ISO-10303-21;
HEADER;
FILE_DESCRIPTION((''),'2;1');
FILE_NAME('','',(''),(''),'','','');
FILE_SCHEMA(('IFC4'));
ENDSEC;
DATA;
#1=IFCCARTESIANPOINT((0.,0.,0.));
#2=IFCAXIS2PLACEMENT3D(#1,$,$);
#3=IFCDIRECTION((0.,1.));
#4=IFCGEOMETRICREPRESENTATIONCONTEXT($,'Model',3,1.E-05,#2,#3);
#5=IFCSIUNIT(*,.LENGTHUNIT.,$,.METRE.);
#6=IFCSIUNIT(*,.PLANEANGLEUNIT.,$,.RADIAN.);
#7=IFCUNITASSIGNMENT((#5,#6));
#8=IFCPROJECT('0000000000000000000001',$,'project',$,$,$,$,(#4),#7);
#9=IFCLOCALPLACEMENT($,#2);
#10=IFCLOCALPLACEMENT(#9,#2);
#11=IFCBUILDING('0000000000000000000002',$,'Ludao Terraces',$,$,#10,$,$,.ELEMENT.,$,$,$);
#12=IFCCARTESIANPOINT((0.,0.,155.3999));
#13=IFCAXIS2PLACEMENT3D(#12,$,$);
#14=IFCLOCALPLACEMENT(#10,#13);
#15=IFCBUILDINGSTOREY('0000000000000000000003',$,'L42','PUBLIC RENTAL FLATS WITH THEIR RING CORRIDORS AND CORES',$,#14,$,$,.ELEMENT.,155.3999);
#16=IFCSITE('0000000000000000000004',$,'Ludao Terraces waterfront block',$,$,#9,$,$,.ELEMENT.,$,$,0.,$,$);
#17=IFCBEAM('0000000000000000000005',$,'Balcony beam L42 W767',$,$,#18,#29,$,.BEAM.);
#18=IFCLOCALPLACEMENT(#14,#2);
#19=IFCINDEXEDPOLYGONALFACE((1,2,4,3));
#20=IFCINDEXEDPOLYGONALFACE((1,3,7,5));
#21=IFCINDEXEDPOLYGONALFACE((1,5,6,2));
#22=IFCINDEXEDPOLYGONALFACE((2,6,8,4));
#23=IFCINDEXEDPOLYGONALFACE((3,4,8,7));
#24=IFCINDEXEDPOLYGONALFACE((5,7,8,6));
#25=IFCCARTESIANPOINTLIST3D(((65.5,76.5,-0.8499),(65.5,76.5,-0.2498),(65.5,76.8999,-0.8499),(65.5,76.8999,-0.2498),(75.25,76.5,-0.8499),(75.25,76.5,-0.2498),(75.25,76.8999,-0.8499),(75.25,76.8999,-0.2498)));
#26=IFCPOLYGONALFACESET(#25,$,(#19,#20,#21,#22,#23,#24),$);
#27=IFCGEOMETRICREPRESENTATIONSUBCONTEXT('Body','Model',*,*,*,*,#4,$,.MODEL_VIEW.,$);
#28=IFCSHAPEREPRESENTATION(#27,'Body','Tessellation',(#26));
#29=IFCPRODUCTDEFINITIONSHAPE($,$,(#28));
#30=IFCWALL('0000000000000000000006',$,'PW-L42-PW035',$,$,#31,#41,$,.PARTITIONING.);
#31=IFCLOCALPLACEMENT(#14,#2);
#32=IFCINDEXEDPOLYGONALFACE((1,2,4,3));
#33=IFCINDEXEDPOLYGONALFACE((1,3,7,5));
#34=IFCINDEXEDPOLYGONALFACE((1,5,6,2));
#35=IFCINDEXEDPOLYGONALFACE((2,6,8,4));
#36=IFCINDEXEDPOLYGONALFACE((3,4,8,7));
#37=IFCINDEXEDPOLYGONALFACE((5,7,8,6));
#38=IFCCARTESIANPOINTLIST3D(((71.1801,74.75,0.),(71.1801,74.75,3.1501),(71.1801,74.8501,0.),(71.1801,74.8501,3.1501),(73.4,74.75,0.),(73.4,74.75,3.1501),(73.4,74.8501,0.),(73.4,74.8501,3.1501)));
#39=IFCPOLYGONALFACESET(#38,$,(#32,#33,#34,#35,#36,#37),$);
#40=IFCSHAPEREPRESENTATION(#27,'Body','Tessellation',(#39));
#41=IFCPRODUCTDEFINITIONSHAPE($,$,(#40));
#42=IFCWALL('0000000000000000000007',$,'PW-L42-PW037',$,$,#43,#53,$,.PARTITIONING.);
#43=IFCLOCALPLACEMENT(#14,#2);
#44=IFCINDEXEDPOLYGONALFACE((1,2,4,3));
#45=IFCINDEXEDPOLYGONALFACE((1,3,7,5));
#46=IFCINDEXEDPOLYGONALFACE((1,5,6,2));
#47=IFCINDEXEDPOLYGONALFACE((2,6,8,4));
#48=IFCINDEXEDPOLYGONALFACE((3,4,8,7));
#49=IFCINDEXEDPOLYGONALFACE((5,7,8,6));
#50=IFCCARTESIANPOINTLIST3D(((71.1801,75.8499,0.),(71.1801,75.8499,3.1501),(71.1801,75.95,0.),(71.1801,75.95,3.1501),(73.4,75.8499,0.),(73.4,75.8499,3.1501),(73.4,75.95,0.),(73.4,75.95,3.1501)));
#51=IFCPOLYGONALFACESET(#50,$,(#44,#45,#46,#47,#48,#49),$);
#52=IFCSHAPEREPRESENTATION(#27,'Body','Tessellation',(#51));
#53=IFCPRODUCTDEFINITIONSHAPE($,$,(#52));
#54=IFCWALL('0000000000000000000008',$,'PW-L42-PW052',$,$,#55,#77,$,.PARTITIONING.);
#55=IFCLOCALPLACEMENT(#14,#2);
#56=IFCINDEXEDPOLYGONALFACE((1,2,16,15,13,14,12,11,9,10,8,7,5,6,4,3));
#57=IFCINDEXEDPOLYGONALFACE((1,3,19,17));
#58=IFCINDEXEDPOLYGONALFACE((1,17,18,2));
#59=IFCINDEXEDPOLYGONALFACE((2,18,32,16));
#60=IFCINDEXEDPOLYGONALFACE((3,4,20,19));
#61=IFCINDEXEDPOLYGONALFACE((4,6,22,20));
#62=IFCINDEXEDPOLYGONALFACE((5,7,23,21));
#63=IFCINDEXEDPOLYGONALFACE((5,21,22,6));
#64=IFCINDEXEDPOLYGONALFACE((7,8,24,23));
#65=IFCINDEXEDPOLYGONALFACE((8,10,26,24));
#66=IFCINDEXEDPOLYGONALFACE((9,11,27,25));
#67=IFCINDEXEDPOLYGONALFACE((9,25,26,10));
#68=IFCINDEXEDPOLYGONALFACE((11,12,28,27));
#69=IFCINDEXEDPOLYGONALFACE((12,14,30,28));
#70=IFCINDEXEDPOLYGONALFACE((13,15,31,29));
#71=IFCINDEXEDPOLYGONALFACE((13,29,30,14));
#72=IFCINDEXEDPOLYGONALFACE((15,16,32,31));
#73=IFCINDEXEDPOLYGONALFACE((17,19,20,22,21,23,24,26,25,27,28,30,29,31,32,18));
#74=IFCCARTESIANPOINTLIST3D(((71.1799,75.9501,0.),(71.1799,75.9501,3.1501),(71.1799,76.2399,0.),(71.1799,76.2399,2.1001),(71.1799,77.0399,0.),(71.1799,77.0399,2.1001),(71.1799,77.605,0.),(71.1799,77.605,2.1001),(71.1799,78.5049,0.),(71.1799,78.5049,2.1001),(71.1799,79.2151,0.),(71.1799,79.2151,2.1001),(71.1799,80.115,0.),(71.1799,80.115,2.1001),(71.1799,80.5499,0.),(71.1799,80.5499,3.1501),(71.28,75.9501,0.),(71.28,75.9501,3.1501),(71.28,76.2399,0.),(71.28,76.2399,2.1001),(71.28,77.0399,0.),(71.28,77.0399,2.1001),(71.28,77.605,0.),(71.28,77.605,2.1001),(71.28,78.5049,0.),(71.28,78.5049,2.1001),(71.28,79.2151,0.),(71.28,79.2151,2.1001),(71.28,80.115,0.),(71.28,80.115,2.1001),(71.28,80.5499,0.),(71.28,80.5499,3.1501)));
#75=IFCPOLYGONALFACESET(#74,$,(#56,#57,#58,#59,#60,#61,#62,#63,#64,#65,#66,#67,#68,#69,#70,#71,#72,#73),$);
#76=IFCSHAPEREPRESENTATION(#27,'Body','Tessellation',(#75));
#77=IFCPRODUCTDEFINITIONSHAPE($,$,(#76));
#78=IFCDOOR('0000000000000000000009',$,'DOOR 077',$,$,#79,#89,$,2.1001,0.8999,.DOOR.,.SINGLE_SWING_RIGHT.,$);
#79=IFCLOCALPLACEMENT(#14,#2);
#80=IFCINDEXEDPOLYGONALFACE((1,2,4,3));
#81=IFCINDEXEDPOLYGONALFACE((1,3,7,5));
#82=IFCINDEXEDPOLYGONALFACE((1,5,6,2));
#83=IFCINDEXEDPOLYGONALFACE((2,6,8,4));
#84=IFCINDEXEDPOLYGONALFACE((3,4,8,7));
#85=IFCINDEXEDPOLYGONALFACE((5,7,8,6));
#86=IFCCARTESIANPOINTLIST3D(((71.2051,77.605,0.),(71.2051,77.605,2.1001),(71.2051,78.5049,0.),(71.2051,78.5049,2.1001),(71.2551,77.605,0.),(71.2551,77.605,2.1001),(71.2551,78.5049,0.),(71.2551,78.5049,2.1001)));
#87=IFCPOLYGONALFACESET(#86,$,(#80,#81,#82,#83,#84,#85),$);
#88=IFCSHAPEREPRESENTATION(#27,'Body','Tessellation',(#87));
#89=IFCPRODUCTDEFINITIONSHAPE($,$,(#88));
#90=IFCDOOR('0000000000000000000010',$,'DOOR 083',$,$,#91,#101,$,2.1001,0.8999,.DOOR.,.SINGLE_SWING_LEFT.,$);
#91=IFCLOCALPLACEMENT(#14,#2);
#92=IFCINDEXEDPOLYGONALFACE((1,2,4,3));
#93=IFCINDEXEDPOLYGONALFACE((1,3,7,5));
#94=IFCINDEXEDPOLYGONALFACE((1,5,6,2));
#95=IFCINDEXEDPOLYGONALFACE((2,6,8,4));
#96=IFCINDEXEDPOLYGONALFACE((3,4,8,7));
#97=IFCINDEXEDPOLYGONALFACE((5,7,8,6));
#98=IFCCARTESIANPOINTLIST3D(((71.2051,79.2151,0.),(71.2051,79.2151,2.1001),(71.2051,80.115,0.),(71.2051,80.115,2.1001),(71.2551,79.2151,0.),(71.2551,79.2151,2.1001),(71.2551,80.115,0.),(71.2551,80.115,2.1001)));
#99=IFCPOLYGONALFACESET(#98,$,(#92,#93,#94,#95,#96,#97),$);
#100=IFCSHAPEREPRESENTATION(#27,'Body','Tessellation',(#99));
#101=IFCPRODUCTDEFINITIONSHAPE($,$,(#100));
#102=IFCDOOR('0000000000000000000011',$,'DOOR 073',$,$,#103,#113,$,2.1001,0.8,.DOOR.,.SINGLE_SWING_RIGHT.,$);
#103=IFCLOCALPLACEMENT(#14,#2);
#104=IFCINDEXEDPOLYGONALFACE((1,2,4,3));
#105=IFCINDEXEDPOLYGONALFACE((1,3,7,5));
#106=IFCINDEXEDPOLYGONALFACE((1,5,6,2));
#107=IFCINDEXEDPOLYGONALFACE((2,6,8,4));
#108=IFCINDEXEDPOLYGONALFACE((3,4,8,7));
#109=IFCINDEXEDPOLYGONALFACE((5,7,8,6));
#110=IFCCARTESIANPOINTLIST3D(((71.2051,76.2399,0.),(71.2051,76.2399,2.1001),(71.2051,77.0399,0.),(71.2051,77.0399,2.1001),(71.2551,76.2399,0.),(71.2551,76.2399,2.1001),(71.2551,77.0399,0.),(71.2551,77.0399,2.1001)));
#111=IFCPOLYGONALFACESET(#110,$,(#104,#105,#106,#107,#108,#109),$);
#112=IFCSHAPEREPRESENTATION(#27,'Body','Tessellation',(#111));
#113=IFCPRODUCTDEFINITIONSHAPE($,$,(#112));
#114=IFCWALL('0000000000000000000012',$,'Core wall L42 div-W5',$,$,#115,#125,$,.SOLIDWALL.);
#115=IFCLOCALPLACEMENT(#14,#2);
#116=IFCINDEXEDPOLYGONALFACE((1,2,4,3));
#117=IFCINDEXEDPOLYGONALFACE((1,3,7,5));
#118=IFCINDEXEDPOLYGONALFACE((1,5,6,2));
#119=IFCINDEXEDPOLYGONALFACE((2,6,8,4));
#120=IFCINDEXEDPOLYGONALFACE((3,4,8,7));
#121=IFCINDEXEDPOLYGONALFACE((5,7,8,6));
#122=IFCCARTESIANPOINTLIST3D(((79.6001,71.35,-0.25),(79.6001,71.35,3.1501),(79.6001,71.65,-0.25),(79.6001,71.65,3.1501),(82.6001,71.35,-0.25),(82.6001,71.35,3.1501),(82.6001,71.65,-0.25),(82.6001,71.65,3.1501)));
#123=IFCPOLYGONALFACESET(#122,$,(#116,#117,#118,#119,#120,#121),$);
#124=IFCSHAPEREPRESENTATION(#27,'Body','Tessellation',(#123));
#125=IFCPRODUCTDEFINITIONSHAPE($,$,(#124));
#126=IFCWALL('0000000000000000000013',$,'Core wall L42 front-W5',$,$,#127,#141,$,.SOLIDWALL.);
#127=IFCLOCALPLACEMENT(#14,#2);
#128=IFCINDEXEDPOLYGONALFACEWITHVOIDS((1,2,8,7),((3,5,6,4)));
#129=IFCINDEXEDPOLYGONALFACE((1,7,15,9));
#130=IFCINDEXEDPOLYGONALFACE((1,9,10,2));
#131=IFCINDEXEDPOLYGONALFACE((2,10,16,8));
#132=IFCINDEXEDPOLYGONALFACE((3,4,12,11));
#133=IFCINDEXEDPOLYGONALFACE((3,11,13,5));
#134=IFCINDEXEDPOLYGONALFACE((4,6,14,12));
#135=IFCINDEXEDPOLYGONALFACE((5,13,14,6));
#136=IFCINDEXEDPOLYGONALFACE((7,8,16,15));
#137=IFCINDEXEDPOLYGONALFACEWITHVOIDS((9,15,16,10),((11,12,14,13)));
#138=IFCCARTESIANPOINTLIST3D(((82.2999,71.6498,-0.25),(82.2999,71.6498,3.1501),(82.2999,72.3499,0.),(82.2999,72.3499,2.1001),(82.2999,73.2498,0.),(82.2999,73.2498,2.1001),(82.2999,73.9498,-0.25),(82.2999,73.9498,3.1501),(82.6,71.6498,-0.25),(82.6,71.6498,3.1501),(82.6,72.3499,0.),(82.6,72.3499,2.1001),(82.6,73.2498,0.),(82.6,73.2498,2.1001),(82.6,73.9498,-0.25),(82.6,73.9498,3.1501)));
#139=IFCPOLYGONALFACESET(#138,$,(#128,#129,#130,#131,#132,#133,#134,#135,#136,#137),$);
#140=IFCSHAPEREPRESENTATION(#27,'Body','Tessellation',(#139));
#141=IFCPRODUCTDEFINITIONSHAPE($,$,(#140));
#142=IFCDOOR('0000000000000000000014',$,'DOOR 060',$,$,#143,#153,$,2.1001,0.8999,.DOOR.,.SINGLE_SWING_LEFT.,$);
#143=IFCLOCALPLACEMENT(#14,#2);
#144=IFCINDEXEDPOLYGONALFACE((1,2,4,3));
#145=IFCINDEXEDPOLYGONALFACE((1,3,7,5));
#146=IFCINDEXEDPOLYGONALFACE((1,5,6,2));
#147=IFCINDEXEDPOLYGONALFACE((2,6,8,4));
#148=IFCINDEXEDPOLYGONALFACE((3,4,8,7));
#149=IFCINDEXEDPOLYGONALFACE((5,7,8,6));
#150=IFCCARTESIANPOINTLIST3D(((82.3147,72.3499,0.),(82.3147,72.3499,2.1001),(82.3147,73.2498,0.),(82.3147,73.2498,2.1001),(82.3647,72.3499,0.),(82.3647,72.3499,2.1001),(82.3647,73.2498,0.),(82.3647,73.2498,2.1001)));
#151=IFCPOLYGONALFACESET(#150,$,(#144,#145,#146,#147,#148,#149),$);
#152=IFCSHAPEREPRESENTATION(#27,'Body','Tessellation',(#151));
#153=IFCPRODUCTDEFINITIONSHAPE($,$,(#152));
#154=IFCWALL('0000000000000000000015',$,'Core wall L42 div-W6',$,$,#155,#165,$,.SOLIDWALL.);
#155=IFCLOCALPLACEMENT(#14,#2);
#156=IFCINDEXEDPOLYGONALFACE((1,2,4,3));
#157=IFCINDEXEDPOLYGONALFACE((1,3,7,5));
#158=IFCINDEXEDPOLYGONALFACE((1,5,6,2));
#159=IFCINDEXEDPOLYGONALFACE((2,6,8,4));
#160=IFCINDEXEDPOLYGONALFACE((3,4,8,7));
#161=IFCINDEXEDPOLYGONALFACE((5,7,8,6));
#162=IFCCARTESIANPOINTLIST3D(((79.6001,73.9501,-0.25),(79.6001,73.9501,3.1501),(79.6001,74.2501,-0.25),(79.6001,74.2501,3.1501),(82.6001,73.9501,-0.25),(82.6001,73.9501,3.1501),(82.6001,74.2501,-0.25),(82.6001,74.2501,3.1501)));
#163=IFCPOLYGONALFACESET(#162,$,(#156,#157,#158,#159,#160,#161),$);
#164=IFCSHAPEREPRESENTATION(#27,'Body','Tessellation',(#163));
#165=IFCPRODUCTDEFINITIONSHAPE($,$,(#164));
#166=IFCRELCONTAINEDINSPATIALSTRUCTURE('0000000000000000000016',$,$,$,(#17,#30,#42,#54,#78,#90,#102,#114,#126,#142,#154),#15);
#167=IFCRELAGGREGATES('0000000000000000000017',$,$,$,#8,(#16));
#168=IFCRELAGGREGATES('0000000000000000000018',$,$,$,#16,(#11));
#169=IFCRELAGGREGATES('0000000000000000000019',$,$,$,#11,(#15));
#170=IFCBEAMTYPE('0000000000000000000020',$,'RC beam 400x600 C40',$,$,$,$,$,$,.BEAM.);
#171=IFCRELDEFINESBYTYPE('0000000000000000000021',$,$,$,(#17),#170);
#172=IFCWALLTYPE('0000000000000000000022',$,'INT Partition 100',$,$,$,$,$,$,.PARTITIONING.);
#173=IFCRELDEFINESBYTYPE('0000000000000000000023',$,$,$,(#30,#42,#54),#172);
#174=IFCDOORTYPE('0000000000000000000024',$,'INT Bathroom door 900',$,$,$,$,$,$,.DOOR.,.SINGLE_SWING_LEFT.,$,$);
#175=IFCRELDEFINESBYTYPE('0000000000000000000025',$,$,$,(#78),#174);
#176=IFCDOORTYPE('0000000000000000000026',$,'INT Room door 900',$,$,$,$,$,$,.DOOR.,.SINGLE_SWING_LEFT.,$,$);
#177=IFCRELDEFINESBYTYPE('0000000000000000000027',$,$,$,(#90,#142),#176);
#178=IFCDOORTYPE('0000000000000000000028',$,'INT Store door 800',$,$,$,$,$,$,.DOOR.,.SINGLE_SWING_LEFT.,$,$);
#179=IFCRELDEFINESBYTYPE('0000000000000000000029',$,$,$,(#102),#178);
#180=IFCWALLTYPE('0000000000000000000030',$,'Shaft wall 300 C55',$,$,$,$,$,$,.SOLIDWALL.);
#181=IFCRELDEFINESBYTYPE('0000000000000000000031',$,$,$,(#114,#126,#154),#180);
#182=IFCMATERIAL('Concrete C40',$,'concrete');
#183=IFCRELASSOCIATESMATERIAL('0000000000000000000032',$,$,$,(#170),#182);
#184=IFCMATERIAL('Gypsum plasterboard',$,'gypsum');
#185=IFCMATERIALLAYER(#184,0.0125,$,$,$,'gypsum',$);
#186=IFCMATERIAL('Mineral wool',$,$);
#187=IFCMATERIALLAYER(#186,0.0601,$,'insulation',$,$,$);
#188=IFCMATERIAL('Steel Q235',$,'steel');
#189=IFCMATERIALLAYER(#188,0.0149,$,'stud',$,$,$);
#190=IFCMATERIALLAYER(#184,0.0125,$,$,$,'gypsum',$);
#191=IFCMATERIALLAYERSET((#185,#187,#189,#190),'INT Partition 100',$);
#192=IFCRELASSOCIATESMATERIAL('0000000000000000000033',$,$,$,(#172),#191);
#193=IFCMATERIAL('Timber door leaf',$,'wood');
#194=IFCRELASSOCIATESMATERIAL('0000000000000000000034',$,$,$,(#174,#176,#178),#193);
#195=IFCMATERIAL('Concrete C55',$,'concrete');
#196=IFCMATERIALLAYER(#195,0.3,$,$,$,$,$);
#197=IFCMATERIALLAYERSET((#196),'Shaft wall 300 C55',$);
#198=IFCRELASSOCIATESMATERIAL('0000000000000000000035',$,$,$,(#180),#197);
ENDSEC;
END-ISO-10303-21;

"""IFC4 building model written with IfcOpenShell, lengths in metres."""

from ifc_helpers import new_model, si_unit, direction, frame, frame_2d, origin, origin_2d, place, context, subcontext, project, spatial, rectangle, extrude, material, layer, layer_set, material_profile, profile_set, type_object, element, fill, save


model = new_model("IFC4")

# Units and contexts
model_context = context("Model", 3, precision=1e-05, world=origin(), true_north=direction((0.0, 1.0)))
body_context = subcontext(model_context, "Body", "Model", "MODEL_VIEW")
ifc_project = project(units=[si_unit("LENGTHUNIT", "METRE"), si_unit("PLANEANGLEUNIT", "RADIAN")], contexts=[model_context])

# Site, building, storey
site_placement = place(None, origin())
site = spatial("IfcSite", under=ifc_project, at=site_placement, Name="Ludao Terraces waterfront block", CompositionType="ELEMENT", RefElevation=0.0)
building_placement = place(site_placement, origin())
building = spatial("IfcBuilding", under=site, at=building_placement, Name="Ludao Terraces", CompositionType="ELEMENT")
storey_placement = place(building_placement, frame((0.0, 0.0, 155.3999)))
storey = spatial("IfcBuildingStorey", under=building, at=storey_placement, Name="L42", Description="PUBLIC RENTAL FLATS WITH THEIR RING CORRIDORS AND CORES", CompositionType="ELEMENT", Elevation=155.3999)

# Beam
ifc_material_1 = material(Name="Concrete C40", Category="concrete")
ifc_material_profile = material_profile(ifc_material_1, rectangle(XDim=0.3999, YDim=0.6001, at=origin_2d()), Name="400 X 600")
ifc_profile_set = profile_set([ifc_material_profile], Name="Concrete C40")
beam_type = type_object("IfcBeamType", Name="RC beam 400x600 C40", PredefinedType="BEAM", material=ifc_profile_set)
beam_placement = place(storey_placement, frame((75.25, 76.7, -0.5498), z_axis=(-1.0, 0.0, 0.0), x_axis=(0.0, -1.0, 0.0)))
element("IfcBeam", 1, at=beam_placement, inside=storey, type_object=beam_type, Name="Balcony beam L42 W767", PredefinedType="BEAM", context=body_context, shape_type="SweptSolid", body=[
    extrude(rectangle(XDim=0.3999, YDim=0.6001, at=origin_2d()), origin(), (0.0, 0.0, 1.0), 9.75),
])

# Walls
ifc_material_2 = material(Name="Gypsum plasterboard", Category="gypsum")
ifc_layer_1 = layer(ifc_material_2, 0.0125, Category="gypsum")
ifc_material_3 = material(Name="Mineral wool")
ifc_layer_2 = layer(ifc_material_3, 0.0601, Name="insulation")
ifc_material_4 = material(Name="Steel Q235", Category="steel")
ifc_layer_3 = layer(ifc_material_4, 0.0149, Name="stud")
ifc_layer_4 = layer(ifc_material_2, 0.0125, Category="gypsum")
ifc_layer_set_1 = layer_set([ifc_layer_1, ifc_layer_2, ifc_layer_3, ifc_layer_4], Name="INT Partition 100")
wall_type_1 = type_object("IfcWallType", Name="INT Partition 100", PredefinedType="PARTITIONING", material=ifc_layer_set_1)
for number, where, z_axis, x_axis, name in (
    (2, (71.1802, 74.8, 0.0), (0.0, 0.0, 1.0), (1.0, 0.0, 0.0), "PW-L42-PW035"),
    (3, (71.1802, 75.8999, 0.0), (0.0, 0.0, 1.0), (1.0, 0.0, 0.0), "PW-L42-PW037"),
):
    element("IfcWall", number, at=place(storey_placement, frame(where, z_axis=z_axis, x_axis=x_axis)), inside=storey, type_object=wall_type_1, Name=name, PredefinedType="PARTITIONING", context=body_context, shape_type="SweptSolid", body=[
        extrude(rectangle(XDim=2.22, YDim=0.1001, at=frame_2d((1.1099, 0.0))), origin(), (0.0, 0.0, 1.0), 3.1501),
    ])

# Wall, openings, doors
wall_1_placement = place(storey_placement, frame((71.23, 75.9502, 0.0), z_axis=(0.0, 0.0, 1.0), x_axis=(0.0, 1.0, 0.0)))
wall_1 = element("IfcWall", 4, at=wall_1_placement, inside=storey, type_object=wall_type_1, Name="PW-L42-PW052", PredefinedType="PARTITIONING", context=body_context, shape_type="SweptSolid", body=[
    extrude(rectangle(XDim=4.5999, YDim=0.1001, at=frame_2d((2.2998, 0.0))), origin(), (0.0, 0.0, 1.0), 3.1501),
])
opening_1_placement = place(wall_1_placement, frame((0.2898, 0.0, 0.0)))
opening_1 = element("IfcOpeningElement", 5, at=opening_1_placement, cuts=wall_1, PredefinedType="OPENING", context=body_context, shape_type="SweptSolid", body=[
    extrude(rectangle(XDim=0.8, YDim=2.1001, at=frame_2d((0.3999, 1.05))), frame((0.0, 0.0601, 0.0), z_axis=(0.0, -1.0, 0.0), x_axis=(1.0, 0.0, 0.0)), (0.0, 0.0, 1.0), 0.1201),
])
opening_2_placement = place(wall_1_placement, frame((1.6548, 0.0, 0.0)))
opening_2 = element("IfcOpeningElement", 6, at=opening_2_placement, cuts=wall_1, PredefinedType="OPENING", context=body_context, shape_type="SweptSolid", body=[
    extrude(rectangle(XDim=0.8999, YDim=2.1001, at=frame_2d((0.45, 1.05))), frame((0.0, 0.0601, 0.0), z_axis=(0.0, -1.0, 0.0), x_axis=(1.0, 0.0, 0.0)), (0.0, 0.0, 1.0), 0.1201),
])
opening_3_placement = place(wall_1_placement, frame((3.2649, 0.0, 0.0)))
opening_3 = element("IfcOpeningElement", 7, at=opening_3_placement, cuts=wall_1, PredefinedType="OPENING", context=body_context, shape_type="SweptSolid", body=[
    extrude(rectangle(XDim=0.8999, YDim=2.1001, at=frame_2d((0.45, 1.05))), frame((0.0, 0.0601, 0.0), z_axis=(0.0, -1.0, 0.0), x_axis=(1.0, 0.0, 0.0)), (0.0, 0.0, 1.0), 0.1201),
])
ifc_material_5 = material(Name="Timber door leaf", Category="wood")
door_type_1 = type_object("IfcDoorType", Name="INT Bathroom door 900", OperationType="SINGLE_SWING_LEFT", PredefinedType="DOOR", material=ifc_material_5)
door_1_placement = place(opening_2_placement, origin())
door_1 = element("IfcDoor", 8, at=door_1_placement, inside=storey, type_object=door_type_1, Name="DOOR 077", OperationType="SINGLE_SWING_RIGHT", OverallHeight=2.1001, OverallWidth=0.8999, PredefinedType="DOOR", context=body_context, shape_type="SweptSolid", body=[
    extrude(rectangle(XDim=0.8999, YDim=2.1001, at=frame_2d((0.45, 1.05))), frame((0.0, 0.0249, 0.0), z_axis=(0.0, -1.0, 0.0), x_axis=(1.0, 0.0, 0.0)), (0.0, 0.0, 1.0), 0.05),
])
fill(opening_2, door_1)
door_type_2 = type_object("IfcDoorType", Name="INT Room door 900", OperationType="SINGLE_SWING_LEFT", PredefinedType="DOOR", material=ifc_material_5)
door_2_placement = place(opening_3_placement, origin())
door_2 = element("IfcDoor", 9, at=door_2_placement, inside=storey, type_object=door_type_2, Name="DOOR 083", OperationType="SINGLE_SWING_LEFT", OverallHeight=2.1001, OverallWidth=0.8999, PredefinedType="DOOR", context=body_context, shape_type="SweptSolid", body=[
    extrude(rectangle(XDim=0.8999, YDim=2.1001, at=frame_2d((0.45, 1.05))), frame((0.0, 0.0249, 0.0), z_axis=(0.0, -1.0, 0.0), x_axis=(1.0, 0.0, 0.0)), (0.0, 0.0, 1.0), 0.05),
])
fill(opening_3, door_2)
door_type_3 = type_object("IfcDoorType", Name="INT Store door 800", OperationType="SINGLE_SWING_LEFT", PredefinedType="DOOR", material=ifc_material_5)
door_3_placement = place(opening_1_placement, origin())
door_3 = element("IfcDoor", 10, at=door_3_placement, inside=storey, type_object=door_type_3, Name="DOOR 073", OperationType="SINGLE_SWING_RIGHT", OverallHeight=2.1001, OverallWidth=0.8, PredefinedType="DOOR", context=body_context, shape_type="SweptSolid", body=[
    extrude(rectangle(XDim=0.8, YDim=2.1001, at=frame_2d((0.3999, 1.05))), frame((0.0, 0.0249, 0.0), z_axis=(0.0, -1.0, 0.0), x_axis=(1.0, 0.0, 0.0)), (0.0, 0.0, 1.0), 0.05),
])
fill(opening_1, door_3)

# Wall
ifc_material_6 = material(Name="Concrete C55", Category="concrete")
ifc_layer_5 = layer(ifc_material_6, 0.3)
ifc_layer_set_2 = layer_set([ifc_layer_5], Name="Shaft wall 300 C55")
wall_type_2 = type_object("IfcWallType", Name="Shaft wall 300 C55", PredefinedType="SOLIDWALL", material=ifc_layer_set_2)
wall_2_placement = place(storey_placement, frame((79.6001, 71.5, -0.25), z_axis=(0.0, 0.0, 1.0), x_axis=(1.0, 0.0, 0.0)))
element("IfcWall", 11, at=wall_2_placement, inside=storey, type_object=wall_type_2, Name="Core wall L42 div-W5", PredefinedType="SOLIDWALL", context=body_context, shape_type="SweptSolid", body=[
    extrude(rectangle(XDim=3.0, YDim=0.3, at=frame_2d((1.5, 0.0))), origin(), (0.0, 0.0, 1.0), 3.4001),
])

# Wall, opening, door
wall_3_placement = place(storey_placement, frame((82.45, 71.6499, -0.25), z_axis=(0.0, 0.0, 1.0), x_axis=(0.0, 1.0, 0.0)))
wall_3 = element("IfcWall", 12, at=wall_3_placement, inside=storey, type_object=wall_type_2, Name="Core wall L42 front-W5", PredefinedType="SOLIDWALL", context=body_context, shape_type="SweptSolid", body=[
    extrude(rectangle(XDim=2.3, YDim=0.3, at=frame_2d((1.1499, 0.0))), origin(), (0.0, 0.0, 1.0), 3.4001),
])
opening_4_placement = place(wall_3_placement, frame((0.7, 0.0, 0.25)))
opening_4 = element("IfcOpeningElement", 13, at=opening_4_placement, cuts=wall_3, PredefinedType="OPENING", context=body_context, shape_type="SweptSolid", body=[
    extrude(rectangle(XDim=0.8999, YDim=2.1001, at=frame_2d((0.45, 1.05))), frame((0.0, 0.1602, 0.0), z_axis=(0.0, -1.0, 0.0), x_axis=(1.0, 0.0, 0.0)), (0.0, 0.0, 1.0), 0.3201),
])
door_4_placement = place(opening_4_placement, origin())
door_4 = element("IfcDoor", 14, at=door_4_placement, inside=storey, type_object=door_type_2, Name="DOOR 060", OperationType="SINGLE_SWING_LEFT", OverallHeight=2.1001, OverallWidth=0.8999, PredefinedType="DOOR", context=body_context, shape_type="SweptSolid", body=[
    extrude(rectangle(XDim=0.8999, YDim=2.1001, at=frame_2d((0.45, 1.05))), frame((0.0, 0.1353, 0.0), z_axis=(0.0, -1.0, 0.0), x_axis=(1.0, 0.0, 0.0)), (0.0, 0.0, 1.0), 0.05),
])
fill(opening_4, door_4)

# Wall
wall_4_placement = place(storey_placement, frame((79.6001, 74.1001, -0.25), z_axis=(0.0, 0.0, 1.0), x_axis=(1.0, 0.0, 0.0)))
element("IfcWall", 15, at=wall_4_placement, inside=storey, type_object=wall_type_2, Name="Core wall L42 div-W6", PredefinedType="SOLIDWALL", context=body_context, shape_type="SweptSolid", body=[
    extrude(rectangle(XDim=3.0, YDim=0.3, at=frame_2d((1.5, 0.0))), origin(), (0.0, 0.0, 1.0), 3.4001),
])

save(model, "model.ifc")
